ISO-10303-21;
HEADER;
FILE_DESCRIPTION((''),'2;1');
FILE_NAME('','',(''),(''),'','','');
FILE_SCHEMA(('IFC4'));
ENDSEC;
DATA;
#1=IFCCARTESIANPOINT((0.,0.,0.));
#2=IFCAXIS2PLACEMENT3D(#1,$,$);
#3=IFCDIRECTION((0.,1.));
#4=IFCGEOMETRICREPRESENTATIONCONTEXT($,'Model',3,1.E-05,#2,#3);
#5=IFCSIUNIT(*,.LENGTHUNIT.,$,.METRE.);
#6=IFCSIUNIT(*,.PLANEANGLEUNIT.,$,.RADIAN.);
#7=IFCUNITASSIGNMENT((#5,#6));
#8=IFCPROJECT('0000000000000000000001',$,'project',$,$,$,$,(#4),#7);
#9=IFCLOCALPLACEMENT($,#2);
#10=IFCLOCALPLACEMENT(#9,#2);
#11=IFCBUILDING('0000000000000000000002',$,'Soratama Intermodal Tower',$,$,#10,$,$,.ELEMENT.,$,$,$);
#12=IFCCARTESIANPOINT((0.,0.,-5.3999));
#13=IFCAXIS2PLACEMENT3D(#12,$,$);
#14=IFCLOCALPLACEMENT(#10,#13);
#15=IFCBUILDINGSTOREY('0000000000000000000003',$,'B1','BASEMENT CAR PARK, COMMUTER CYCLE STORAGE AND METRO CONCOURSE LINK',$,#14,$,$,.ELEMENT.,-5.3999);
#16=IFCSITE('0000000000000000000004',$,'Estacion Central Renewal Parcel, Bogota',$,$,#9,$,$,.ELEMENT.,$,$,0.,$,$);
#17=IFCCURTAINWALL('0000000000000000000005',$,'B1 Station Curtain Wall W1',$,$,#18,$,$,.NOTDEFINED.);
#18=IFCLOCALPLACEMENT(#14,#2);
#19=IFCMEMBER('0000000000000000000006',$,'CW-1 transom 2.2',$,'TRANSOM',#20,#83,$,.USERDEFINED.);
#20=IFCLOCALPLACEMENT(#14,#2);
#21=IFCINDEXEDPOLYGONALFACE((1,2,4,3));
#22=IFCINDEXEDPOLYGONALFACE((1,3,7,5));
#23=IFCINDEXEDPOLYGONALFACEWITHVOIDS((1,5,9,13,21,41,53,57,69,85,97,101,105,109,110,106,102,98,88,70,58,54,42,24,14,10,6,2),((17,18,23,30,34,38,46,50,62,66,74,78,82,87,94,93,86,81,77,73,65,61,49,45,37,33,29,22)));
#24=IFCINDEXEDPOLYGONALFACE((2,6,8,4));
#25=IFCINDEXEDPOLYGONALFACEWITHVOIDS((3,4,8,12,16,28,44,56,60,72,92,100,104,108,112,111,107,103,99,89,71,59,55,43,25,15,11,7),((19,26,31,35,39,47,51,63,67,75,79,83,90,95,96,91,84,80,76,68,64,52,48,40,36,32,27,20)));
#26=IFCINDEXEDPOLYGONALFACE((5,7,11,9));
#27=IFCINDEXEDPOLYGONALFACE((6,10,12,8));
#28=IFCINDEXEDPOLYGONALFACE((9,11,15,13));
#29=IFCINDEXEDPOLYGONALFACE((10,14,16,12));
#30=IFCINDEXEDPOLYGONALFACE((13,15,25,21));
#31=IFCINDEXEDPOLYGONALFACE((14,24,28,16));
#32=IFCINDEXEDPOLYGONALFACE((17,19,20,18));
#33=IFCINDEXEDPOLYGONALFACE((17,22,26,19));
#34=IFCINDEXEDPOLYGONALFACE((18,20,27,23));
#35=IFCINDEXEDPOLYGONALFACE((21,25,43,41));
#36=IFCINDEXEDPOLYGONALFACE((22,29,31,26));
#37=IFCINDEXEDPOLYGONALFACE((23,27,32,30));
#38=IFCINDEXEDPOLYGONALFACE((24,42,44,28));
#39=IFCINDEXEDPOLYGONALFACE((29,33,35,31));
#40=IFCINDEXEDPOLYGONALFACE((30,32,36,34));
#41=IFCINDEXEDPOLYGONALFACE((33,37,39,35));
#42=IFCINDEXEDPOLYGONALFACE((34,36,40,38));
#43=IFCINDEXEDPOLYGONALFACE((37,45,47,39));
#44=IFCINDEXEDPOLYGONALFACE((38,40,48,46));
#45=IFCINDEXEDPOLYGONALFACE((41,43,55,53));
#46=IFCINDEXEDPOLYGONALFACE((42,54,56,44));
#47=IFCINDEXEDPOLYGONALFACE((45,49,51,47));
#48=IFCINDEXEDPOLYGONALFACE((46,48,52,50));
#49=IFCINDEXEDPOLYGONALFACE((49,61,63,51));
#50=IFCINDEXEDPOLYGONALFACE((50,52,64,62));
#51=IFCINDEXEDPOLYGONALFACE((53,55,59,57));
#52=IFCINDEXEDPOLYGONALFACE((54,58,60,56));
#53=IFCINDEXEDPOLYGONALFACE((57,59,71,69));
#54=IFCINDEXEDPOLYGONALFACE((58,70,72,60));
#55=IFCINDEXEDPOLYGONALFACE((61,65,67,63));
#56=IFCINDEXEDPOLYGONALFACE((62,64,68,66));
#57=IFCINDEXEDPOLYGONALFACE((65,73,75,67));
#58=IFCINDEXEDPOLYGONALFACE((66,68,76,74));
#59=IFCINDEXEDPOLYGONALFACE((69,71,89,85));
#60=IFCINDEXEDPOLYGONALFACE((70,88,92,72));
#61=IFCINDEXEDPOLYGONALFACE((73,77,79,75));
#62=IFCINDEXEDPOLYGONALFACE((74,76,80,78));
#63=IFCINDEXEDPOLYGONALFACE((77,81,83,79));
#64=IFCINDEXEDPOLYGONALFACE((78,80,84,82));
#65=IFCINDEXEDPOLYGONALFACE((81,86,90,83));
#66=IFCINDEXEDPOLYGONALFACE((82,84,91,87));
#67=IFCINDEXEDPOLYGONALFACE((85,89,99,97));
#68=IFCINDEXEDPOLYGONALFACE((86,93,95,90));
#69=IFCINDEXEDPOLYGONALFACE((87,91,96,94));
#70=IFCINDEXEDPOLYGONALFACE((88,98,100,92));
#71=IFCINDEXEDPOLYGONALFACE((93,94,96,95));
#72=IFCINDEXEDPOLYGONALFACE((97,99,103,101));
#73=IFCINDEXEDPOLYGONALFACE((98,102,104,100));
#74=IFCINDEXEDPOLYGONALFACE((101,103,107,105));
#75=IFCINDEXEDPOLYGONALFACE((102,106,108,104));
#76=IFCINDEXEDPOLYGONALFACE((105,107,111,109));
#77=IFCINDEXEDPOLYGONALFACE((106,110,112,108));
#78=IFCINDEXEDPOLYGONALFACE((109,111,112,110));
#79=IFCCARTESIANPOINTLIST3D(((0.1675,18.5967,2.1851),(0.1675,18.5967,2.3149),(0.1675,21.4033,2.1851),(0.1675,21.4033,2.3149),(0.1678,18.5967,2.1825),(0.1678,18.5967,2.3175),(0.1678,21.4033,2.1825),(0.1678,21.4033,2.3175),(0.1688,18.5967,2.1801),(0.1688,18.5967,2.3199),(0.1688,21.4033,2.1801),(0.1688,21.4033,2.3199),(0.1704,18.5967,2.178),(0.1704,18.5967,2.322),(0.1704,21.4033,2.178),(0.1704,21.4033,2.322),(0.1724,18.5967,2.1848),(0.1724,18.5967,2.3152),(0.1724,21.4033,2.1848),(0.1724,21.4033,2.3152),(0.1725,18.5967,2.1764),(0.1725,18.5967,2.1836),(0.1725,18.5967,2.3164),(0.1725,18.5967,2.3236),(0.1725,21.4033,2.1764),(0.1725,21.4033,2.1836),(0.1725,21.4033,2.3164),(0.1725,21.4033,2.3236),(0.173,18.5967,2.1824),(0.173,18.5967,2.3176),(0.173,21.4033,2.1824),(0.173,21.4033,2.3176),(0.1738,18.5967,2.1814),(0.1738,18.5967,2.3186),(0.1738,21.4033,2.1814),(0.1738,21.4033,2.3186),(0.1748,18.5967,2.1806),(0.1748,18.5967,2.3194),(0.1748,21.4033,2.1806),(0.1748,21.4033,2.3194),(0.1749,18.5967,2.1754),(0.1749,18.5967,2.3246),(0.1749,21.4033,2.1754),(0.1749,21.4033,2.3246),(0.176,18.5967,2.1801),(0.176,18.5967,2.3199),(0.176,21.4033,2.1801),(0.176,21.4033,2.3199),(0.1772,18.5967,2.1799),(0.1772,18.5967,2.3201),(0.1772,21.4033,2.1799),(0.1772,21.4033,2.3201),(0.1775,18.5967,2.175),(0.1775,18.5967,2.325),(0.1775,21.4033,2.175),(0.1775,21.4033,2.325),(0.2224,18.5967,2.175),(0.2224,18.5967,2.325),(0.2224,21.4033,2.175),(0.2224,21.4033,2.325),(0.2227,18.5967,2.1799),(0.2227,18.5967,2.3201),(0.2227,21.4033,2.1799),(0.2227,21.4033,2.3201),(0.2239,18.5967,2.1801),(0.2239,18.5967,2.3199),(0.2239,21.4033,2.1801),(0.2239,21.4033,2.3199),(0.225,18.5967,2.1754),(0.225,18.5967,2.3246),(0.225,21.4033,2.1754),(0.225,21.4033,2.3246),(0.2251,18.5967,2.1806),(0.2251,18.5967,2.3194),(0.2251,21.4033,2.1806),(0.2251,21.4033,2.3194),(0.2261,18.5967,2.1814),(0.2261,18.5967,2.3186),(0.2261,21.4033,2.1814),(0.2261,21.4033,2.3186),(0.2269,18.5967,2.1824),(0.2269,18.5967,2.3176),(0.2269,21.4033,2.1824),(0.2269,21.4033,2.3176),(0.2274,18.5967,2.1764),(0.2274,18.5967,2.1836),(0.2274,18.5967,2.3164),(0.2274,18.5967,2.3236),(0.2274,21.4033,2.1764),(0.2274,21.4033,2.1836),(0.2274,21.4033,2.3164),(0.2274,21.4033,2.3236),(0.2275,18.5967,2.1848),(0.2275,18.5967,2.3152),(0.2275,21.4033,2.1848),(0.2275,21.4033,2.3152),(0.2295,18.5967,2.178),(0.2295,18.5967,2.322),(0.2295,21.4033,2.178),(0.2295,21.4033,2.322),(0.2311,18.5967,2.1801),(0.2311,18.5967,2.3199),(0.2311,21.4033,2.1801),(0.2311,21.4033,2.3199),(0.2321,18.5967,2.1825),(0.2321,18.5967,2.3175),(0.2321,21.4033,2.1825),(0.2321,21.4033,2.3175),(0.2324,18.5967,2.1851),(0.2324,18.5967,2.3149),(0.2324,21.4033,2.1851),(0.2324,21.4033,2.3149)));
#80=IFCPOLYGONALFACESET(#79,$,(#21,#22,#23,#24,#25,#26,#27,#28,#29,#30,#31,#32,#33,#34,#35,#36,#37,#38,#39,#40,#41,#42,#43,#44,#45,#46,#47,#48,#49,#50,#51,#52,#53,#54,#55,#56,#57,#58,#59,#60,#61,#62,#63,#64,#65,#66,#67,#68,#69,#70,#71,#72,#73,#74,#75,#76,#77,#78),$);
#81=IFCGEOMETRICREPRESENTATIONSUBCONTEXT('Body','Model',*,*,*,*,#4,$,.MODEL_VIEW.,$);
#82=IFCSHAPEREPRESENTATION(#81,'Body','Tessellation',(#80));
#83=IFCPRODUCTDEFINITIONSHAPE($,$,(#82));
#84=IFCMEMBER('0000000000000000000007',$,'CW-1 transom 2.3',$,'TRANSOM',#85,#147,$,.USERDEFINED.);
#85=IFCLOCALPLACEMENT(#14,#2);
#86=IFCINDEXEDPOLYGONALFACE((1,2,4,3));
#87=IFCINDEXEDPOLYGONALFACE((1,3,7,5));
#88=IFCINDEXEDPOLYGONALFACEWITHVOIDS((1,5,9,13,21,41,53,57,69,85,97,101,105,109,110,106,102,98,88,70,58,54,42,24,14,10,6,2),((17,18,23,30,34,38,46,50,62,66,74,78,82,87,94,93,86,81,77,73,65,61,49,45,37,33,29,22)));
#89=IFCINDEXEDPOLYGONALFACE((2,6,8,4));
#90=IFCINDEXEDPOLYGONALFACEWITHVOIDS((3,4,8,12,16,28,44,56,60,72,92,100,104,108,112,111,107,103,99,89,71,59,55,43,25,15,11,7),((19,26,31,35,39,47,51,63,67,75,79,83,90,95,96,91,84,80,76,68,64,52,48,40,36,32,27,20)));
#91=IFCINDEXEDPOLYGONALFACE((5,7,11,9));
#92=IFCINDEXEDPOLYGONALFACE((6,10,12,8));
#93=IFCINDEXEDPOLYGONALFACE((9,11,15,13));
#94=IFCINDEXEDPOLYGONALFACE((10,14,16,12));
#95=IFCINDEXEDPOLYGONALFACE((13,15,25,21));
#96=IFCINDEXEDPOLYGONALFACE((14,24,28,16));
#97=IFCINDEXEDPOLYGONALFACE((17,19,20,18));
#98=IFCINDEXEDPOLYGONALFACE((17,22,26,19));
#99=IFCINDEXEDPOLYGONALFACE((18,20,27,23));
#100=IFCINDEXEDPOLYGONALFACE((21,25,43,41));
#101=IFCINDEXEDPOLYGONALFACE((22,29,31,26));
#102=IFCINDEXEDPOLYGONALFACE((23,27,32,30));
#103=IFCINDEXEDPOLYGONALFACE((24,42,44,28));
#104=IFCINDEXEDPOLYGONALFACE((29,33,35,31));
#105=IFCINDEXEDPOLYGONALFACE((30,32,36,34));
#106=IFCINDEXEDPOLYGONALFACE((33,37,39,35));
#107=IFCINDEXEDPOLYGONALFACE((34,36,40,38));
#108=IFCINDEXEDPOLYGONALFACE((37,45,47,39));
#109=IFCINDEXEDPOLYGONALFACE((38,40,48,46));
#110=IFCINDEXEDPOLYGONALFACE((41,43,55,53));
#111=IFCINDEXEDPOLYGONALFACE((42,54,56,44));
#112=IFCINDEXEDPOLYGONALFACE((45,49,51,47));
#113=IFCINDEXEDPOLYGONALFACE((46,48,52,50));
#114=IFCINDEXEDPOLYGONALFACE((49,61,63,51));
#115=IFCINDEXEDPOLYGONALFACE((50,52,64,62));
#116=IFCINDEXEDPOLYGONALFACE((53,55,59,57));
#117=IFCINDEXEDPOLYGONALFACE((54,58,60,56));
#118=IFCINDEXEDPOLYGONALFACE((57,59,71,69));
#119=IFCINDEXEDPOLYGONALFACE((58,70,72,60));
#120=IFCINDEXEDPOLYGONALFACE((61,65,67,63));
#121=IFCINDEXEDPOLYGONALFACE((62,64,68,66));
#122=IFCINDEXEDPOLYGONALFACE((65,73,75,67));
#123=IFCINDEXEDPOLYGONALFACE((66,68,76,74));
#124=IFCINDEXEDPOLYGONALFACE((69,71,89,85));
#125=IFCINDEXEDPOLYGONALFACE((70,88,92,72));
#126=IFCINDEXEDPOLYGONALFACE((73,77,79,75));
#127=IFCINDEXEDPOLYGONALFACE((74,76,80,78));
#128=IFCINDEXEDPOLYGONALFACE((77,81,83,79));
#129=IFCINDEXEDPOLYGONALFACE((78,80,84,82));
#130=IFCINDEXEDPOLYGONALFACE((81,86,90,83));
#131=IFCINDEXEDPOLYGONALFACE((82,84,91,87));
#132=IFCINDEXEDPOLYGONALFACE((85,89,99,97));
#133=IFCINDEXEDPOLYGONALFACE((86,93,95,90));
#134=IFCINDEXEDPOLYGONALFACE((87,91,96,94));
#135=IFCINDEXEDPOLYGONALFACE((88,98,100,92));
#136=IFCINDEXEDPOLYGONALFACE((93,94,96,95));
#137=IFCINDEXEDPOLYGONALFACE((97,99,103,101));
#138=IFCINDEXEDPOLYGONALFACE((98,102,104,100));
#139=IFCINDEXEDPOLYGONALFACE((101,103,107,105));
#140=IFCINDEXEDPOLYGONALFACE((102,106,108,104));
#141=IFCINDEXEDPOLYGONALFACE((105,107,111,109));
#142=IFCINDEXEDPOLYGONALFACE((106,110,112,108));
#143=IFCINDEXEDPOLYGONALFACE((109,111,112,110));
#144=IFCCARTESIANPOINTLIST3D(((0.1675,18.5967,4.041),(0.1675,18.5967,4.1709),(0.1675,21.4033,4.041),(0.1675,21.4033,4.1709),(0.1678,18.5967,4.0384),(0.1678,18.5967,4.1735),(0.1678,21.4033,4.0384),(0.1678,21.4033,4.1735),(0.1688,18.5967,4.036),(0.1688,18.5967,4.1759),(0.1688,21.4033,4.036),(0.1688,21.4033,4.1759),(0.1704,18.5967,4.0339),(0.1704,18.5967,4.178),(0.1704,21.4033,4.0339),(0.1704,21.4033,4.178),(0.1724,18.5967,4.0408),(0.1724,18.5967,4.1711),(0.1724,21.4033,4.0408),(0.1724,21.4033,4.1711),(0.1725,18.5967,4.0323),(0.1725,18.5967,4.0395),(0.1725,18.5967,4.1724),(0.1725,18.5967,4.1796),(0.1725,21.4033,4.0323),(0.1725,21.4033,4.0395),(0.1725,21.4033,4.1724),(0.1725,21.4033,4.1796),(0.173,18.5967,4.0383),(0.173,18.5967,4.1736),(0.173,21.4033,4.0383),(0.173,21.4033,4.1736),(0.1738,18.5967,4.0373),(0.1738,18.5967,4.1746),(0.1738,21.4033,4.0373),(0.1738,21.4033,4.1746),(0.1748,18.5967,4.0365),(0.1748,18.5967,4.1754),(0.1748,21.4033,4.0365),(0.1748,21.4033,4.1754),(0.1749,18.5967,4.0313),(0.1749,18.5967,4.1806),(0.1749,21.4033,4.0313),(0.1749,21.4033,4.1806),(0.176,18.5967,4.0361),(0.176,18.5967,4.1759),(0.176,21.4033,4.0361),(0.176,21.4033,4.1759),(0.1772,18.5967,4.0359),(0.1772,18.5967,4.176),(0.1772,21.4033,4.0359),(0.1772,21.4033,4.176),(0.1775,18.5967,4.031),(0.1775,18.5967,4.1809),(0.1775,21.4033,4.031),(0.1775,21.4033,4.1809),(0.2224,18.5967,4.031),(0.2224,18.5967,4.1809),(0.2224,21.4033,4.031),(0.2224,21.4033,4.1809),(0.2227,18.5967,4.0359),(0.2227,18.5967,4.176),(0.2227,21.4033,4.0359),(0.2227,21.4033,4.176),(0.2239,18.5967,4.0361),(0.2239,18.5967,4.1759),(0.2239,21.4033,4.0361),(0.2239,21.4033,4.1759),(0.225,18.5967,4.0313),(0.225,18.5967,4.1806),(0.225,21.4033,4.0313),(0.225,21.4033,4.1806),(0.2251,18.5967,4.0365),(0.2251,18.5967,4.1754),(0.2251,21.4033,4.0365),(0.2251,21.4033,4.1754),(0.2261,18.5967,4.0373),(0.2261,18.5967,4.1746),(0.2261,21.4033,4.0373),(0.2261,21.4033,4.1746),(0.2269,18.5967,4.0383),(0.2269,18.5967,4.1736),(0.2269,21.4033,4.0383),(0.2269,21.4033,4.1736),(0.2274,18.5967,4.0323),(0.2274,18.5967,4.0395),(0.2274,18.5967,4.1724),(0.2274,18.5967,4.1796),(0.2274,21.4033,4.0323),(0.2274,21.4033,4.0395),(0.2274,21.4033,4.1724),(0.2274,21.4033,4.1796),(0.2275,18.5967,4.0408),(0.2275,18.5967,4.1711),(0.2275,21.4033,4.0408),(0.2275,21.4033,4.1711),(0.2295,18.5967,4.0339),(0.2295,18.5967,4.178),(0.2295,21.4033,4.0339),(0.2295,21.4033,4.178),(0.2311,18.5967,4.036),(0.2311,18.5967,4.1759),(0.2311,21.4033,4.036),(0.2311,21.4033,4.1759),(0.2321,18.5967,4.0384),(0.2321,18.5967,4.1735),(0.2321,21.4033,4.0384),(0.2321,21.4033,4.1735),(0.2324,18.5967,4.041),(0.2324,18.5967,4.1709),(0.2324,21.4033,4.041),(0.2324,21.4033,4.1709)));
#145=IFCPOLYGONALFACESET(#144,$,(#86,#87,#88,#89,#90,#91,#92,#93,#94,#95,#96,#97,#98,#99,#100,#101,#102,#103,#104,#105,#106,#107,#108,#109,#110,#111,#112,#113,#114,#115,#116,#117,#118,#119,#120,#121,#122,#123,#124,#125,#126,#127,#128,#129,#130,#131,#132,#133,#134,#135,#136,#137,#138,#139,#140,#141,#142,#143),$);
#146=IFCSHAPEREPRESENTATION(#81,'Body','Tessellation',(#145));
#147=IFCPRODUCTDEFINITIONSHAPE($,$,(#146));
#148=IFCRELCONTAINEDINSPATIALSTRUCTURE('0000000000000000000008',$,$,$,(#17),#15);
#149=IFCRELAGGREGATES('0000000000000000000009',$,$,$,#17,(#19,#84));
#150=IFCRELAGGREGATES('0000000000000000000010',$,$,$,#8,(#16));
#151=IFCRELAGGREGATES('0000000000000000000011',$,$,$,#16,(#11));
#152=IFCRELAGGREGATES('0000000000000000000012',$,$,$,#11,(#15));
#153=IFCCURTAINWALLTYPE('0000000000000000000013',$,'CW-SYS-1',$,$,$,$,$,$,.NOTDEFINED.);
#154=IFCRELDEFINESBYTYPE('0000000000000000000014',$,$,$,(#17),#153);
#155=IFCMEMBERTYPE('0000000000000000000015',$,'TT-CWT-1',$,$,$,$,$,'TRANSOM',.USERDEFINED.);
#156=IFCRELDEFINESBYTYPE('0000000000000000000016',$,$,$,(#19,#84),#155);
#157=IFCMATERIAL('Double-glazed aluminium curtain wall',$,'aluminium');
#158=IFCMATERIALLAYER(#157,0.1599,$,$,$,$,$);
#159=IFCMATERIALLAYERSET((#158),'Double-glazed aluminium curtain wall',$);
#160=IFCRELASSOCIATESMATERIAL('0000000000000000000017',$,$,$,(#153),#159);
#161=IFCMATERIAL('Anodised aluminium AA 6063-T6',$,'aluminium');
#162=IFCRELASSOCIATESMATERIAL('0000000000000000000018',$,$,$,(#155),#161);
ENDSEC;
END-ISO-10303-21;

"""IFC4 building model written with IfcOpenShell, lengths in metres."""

from ifc_helpers import new_model, si_unit, direction, frame, origin, origin_2d, place, context, subcontext, project, spatial, hollow_rectangle, extrude, material, layer, layer_set, material_profile, profile_set, type_object, element, aggregate, save


model = new_model("IFC4")

# Units and contexts
model_context = context("Model", 3, precision=1e-05, world=origin(), true_north=direction((0.0, 1.0)))
body_context = subcontext(model_context, "Body", "Model", "MODEL_VIEW")
ifc_project = project(units=[si_unit("LENGTHUNIT", "METRE"), si_unit("PLANEANGLEUNIT", "RADIAN")], contexts=[model_context])

# Site, building, storey
site_placement = place(None, origin())
site = spatial("IfcSite", under=ifc_project, at=site_placement, Name="Estacion Central Renewal Parcel, Bogota", CompositionType="ELEMENT", RefElevation=0.0)
building_placement = place(site_placement, origin())
building = spatial("IfcBuilding", under=site, at=building_placement, Name="Soratama Intermodal Tower", CompositionType="ELEMENT")
storey_placement = place(building_placement, frame((0.0, 0.0, -5.3999)))
storey = spatial("IfcBuildingStorey", under=building, at=storey_placement, Name="B1", Description="BASEMENT CAR PARK, COMMUTER CYCLE STORAGE AND METRO CONCOURSE LINK", CompositionType="ELEMENT", Elevation=-5.3999)

# Curtain wall, members
ifc_material_1 = material(Name="Double-glazed aluminium curtain wall", Category="aluminium")
ifc_layer_1 = layer(ifc_material_1, 0.1599)
ifc_layer_set_1 = layer_set([ifc_layer_1], Name="Double-glazed aluminium curtain wall")
curtain_wall_type = type_object("IfcCurtainWallType", Name="CW-SYS-1", PredefinedType="NOTDEFINED", material=ifc_layer_set_1)
curtain_wall_placement = place(storey_placement, origin())
curtain_wall = element("IfcCurtainWall", 1, at=curtain_wall_placement, inside=storey, type_object=curtain_wall_type, Name="B1 Station Curtain Wall W1", PredefinedType="NOTDEFINED")
ifc_material_2 = material(Name="Anodised aluminium AA 6063-T6", Category="aluminium")
ifc_material_profile_1 = material_profile(ifc_material_2, hollow_rectangle(XDim=0.0649, YDim=0.1499, WallThickness=0.0049, InnerFilletRadius=0.0049, OuterFilletRadius=0.01, at=origin_2d()), Name="CWT150X65X5")
ifc_profile_set_1 = profile_set([ifc_material_profile_1], Name="Anodised aluminium AA 6063-T6")
member_type_1 = type_object("IfcMemberType", Name="TT-CWT-1", ElementType="TRANSOM", PredefinedType="USERDEFINED", material=ifc_profile_set_1)
member_1_placement = place(storey_placement, frame((0.2, 18.5967, 2.25), z_axis=(0.0, 1.0, 0.0), x_axis=(-1.0, 0.0, 0.0)))
member_1 = element("IfcMember", 2, at=member_1_placement, type_object=member_type_1, Name="CW-1 transom 2.2", ObjectType="TRANSOM", PredefinedType="USERDEFINED", context=body_context, shape_type="SweptSolid", body=[
    extrude(hollow_rectangle(XDim=0.0649, YDim=0.1499, WallThickness=0.0049, InnerFilletRadius=0.0049, OuterFilletRadius=0.01, at=origin_2d()), origin(), (0.0, 0.0, 1.0), 2.8066),
])
member_2_placement = place(storey_placement, frame((0.2, 18.5967, 4.106), z_axis=(0.0, 1.0, 0.0), x_axis=(-1.0, 0.0, 0.0)))
member_2 = element("IfcMember", 3, at=member_2_placement, type_object=member_type_1, Name="CW-1 transom 2.3", ObjectType="TRANSOM", PredefinedType="USERDEFINED", context=body_context, shape_type="SweptSolid", body=[
    extrude(hollow_rectangle(XDim=0.0649, YDim=0.1499, WallThickness=0.0049, InnerFilletRadius=0.0049, OuterFilletRadius=0.01, at=origin_2d()), origin(), (0.0, 0.0, 1.0), 2.8066),
])
aggregate(curtain_wall, [member_1, member_2])

save(model, "model.ifc")
